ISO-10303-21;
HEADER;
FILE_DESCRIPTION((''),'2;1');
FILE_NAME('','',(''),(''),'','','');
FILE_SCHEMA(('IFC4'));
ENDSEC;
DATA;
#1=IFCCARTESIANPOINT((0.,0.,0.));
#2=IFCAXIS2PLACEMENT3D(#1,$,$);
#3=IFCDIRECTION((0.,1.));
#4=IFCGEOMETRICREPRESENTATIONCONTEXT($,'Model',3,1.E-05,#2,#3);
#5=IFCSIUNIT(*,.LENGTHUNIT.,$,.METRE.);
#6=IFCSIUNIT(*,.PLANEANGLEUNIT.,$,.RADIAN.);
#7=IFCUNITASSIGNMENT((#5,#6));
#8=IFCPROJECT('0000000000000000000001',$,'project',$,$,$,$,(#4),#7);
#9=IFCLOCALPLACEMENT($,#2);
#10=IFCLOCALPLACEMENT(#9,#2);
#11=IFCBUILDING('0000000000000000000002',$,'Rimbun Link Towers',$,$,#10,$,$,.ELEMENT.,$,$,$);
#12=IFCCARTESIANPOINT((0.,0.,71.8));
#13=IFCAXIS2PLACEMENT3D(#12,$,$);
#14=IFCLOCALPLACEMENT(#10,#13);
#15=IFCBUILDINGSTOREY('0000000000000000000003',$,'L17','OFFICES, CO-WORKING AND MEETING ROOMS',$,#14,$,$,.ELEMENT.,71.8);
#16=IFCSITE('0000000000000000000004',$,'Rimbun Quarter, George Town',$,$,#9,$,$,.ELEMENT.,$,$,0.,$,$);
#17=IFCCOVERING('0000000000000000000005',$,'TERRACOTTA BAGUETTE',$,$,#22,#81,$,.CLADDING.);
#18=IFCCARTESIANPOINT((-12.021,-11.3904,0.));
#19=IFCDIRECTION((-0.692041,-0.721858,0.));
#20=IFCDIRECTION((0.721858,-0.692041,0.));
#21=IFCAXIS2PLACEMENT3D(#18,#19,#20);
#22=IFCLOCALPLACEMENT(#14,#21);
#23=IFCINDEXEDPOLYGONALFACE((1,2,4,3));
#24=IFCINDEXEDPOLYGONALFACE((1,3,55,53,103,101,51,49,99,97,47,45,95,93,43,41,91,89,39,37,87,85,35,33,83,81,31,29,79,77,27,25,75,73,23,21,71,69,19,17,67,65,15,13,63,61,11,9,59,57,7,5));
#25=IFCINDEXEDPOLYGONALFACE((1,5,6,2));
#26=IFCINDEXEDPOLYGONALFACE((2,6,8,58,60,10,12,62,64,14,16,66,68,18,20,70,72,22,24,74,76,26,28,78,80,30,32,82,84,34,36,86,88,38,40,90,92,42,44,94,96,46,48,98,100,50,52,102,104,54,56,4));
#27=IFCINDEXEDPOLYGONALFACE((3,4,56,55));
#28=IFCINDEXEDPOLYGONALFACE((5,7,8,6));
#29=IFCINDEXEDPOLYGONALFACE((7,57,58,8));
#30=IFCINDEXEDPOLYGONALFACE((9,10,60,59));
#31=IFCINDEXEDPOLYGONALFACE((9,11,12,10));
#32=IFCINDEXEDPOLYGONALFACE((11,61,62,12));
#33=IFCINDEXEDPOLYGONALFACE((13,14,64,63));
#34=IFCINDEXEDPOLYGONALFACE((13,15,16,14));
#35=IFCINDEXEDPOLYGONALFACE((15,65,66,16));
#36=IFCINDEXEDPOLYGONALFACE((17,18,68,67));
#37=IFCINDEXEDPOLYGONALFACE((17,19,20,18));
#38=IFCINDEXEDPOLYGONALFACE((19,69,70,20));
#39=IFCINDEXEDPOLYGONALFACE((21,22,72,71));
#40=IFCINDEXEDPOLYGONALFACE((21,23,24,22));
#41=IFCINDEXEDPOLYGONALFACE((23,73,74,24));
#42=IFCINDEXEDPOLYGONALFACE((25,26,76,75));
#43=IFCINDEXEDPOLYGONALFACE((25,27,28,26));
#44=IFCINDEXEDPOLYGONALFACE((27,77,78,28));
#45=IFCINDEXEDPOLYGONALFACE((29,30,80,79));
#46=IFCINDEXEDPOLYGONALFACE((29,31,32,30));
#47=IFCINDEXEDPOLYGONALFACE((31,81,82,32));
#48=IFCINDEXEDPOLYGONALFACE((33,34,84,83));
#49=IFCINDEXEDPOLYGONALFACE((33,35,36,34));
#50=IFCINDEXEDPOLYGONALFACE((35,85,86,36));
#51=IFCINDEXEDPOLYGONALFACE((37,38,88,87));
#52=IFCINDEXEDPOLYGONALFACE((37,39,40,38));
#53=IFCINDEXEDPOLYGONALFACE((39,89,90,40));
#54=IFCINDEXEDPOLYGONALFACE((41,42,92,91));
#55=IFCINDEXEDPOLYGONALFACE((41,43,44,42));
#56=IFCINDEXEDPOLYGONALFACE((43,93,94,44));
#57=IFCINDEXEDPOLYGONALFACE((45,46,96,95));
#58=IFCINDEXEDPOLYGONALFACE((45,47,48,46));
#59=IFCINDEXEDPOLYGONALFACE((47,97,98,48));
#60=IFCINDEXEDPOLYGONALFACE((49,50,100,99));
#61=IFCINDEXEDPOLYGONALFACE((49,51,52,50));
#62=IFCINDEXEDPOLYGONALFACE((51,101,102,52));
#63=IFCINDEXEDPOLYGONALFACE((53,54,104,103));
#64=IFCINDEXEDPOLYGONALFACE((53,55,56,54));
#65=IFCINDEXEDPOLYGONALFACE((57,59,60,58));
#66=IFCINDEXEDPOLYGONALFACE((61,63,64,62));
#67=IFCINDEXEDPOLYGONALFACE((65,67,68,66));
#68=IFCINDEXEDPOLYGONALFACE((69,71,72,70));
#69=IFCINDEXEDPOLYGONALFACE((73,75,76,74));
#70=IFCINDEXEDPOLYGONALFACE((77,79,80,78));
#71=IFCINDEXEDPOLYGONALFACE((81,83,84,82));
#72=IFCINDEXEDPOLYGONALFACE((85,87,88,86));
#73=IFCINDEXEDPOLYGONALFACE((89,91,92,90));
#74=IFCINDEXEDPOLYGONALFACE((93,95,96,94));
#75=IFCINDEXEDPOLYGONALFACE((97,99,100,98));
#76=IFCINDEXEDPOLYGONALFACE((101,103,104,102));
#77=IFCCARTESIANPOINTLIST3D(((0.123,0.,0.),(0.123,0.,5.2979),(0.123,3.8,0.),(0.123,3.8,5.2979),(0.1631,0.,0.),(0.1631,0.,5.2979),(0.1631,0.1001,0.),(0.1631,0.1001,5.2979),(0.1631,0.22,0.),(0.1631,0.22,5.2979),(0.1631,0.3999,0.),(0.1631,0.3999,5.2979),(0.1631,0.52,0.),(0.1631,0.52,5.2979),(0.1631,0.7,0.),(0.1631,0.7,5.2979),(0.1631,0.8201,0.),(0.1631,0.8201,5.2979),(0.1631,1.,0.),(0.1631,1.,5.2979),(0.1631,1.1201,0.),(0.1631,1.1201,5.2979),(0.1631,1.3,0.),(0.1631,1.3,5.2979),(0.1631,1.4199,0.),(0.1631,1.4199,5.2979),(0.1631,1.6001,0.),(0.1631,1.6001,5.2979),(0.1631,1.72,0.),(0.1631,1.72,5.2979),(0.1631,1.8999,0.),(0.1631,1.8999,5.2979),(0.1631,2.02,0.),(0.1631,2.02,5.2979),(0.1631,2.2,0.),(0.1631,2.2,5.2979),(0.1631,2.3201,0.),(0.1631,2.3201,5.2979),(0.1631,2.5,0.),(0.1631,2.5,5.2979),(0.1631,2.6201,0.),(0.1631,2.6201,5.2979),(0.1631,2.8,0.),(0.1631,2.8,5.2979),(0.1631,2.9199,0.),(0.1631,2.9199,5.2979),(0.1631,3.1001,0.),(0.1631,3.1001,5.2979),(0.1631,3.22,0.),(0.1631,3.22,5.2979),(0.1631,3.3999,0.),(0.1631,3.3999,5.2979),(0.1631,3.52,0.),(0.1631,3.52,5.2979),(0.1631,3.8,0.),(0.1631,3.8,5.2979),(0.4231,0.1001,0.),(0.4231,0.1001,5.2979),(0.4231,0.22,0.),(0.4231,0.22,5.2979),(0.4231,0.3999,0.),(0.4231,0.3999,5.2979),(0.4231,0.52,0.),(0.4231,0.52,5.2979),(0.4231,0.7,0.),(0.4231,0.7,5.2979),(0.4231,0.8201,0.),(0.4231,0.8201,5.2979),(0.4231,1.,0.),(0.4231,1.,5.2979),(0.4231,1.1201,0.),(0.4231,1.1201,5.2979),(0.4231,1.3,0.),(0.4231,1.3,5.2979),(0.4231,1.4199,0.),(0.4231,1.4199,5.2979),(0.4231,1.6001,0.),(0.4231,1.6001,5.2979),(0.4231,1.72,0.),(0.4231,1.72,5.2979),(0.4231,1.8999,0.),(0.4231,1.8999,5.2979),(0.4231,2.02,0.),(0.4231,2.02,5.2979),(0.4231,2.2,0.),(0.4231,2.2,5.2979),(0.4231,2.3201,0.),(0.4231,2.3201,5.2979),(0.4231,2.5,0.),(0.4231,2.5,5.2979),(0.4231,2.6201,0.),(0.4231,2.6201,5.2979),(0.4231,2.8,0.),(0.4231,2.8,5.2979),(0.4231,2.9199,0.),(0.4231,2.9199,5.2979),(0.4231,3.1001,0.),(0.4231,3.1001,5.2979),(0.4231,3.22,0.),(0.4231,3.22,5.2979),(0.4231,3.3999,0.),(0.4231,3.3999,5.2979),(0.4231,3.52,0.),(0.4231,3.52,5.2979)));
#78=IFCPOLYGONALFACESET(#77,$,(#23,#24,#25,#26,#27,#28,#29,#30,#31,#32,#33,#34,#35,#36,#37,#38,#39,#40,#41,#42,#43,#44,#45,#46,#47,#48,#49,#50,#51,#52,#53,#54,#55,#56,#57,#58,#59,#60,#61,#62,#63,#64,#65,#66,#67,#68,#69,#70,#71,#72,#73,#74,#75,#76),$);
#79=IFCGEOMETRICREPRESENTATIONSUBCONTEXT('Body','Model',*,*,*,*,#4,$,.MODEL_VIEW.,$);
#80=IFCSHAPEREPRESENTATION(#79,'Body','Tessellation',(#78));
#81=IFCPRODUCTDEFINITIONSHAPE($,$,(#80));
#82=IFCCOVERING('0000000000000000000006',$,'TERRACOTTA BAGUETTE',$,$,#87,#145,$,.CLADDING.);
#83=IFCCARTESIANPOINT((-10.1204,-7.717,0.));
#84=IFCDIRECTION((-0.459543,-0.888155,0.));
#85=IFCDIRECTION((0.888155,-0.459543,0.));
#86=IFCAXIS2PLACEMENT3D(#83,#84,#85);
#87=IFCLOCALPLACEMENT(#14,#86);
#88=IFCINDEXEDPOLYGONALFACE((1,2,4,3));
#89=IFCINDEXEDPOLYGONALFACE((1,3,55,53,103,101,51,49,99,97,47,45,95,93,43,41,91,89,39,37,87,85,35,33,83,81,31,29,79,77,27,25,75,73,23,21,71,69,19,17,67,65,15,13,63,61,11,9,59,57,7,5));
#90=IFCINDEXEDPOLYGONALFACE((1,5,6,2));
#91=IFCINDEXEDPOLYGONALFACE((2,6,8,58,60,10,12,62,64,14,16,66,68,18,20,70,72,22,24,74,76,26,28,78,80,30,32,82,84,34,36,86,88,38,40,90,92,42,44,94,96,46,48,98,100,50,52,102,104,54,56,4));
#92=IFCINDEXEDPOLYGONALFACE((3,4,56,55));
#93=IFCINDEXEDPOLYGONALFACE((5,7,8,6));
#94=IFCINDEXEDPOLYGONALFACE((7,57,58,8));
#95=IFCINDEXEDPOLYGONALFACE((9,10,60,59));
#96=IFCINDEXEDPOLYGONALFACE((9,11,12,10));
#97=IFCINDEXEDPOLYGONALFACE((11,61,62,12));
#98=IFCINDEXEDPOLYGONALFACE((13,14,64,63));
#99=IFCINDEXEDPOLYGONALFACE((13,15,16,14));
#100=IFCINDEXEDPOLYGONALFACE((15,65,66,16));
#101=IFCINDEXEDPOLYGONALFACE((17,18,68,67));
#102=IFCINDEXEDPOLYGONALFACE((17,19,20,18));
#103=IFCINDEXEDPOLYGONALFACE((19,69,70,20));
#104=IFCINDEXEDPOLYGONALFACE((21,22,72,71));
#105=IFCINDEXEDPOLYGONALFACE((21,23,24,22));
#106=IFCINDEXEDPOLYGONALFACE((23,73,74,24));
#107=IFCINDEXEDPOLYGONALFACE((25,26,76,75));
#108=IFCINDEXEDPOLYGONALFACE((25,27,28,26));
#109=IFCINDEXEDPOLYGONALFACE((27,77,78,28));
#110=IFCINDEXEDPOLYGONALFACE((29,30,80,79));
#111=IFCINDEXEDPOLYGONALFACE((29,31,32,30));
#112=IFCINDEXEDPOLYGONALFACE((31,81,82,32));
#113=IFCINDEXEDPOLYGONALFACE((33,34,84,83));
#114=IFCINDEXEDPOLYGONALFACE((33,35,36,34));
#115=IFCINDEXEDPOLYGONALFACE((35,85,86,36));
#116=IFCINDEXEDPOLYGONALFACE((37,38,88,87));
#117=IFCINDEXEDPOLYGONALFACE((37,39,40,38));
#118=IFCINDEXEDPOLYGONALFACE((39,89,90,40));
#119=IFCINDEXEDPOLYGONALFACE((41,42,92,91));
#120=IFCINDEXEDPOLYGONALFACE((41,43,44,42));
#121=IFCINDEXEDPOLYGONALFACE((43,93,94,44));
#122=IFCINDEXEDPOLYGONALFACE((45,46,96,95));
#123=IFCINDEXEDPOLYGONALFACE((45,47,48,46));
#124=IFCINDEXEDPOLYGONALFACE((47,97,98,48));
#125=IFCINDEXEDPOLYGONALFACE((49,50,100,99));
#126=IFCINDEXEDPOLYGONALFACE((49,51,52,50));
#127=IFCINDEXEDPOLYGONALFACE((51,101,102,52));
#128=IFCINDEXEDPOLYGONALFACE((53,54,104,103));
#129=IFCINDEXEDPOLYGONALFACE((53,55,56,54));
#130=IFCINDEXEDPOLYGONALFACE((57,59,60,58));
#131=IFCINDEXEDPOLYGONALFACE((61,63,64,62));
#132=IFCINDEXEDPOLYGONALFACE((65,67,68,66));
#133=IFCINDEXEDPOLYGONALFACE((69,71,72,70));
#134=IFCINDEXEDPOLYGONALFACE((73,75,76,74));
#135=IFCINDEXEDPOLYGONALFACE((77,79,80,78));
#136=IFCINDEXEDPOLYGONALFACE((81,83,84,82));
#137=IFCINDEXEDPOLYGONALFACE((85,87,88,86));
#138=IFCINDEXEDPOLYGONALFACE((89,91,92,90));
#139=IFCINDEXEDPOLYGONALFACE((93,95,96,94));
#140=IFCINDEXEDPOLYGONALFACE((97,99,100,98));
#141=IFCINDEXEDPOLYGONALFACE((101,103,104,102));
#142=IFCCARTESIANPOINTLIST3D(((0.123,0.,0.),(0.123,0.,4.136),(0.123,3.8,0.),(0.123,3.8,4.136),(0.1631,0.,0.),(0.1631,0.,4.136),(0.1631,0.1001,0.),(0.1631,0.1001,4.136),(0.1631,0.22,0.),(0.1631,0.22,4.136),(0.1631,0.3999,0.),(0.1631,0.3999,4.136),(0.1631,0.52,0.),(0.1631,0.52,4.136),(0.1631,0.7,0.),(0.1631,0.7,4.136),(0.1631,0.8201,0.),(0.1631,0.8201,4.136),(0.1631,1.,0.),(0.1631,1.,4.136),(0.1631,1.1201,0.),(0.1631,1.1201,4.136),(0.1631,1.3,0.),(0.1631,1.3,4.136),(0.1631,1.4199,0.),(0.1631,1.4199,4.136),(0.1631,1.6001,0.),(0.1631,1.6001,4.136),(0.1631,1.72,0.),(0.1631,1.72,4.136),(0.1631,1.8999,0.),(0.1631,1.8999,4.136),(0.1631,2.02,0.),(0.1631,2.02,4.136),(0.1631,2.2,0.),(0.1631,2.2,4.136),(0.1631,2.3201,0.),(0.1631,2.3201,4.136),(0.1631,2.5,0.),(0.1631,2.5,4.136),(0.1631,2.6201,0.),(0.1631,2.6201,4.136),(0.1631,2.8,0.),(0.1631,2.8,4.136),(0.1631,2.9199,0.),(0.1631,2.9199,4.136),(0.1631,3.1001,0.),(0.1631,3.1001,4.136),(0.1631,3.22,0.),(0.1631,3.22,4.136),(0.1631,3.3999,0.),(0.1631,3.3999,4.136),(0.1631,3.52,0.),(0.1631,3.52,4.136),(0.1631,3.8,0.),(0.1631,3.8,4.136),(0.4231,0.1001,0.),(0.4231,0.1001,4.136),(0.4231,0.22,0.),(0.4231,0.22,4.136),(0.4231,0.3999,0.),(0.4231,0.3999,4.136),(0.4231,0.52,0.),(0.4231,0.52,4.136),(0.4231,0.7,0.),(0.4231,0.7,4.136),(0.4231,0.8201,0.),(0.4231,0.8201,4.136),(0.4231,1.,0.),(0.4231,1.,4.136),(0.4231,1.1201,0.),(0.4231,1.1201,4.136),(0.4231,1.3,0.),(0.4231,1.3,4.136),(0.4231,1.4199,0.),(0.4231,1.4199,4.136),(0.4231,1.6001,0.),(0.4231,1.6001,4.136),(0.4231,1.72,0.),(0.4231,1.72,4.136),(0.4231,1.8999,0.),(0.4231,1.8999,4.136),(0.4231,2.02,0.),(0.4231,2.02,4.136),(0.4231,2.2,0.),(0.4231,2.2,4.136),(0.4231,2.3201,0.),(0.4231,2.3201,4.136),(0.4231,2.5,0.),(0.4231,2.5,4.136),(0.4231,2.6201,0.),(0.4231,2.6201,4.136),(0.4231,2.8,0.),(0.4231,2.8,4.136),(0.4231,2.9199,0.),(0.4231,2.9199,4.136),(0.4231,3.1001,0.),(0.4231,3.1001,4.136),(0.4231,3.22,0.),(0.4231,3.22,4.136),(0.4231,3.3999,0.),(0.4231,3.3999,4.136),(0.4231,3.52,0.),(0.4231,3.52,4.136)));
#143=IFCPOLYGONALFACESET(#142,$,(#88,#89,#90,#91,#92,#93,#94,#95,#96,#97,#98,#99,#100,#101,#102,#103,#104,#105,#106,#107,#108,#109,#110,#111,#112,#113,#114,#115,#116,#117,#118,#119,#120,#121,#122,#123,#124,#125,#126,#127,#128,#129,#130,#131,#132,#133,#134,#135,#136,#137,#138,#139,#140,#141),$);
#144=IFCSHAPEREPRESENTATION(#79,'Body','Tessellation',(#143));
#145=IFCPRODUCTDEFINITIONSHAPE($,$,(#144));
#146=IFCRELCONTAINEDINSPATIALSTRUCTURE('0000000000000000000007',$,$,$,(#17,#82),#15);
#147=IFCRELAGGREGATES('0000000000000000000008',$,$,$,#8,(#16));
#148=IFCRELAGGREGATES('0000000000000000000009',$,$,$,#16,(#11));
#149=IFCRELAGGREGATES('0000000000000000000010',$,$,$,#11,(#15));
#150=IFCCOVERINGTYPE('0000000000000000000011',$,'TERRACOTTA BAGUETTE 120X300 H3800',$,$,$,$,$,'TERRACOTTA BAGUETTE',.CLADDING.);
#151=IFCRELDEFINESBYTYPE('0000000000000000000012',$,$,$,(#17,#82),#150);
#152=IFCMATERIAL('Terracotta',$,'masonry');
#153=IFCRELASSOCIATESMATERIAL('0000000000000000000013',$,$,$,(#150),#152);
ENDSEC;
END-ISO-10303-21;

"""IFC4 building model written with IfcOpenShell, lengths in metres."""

from ifc_helpers import new_model, si_unit, direction, frame, origin, place, context, subcontext, project, spatial, polyline, outline, extrude, material, material_profile, profile_set, type_object, element, save


model = new_model("IFC4")

# Units and contexts
model_context = context("Model", 3, precision=1e-05, world=origin(), true_north=direction((0.0, 1.0)))
body_context = subcontext(model_context, "Body", "Model", "MODEL_VIEW")
ifc_project = project(units=[si_unit("LENGTHUNIT", "METRE"), si_unit("PLANEANGLEUNIT", "RADIAN")], contexts=[model_context])

# Site, building, storey
site_placement = place(None, origin())
site = spatial("IfcSite", under=ifc_project, at=site_placement, Name="Rimbun Quarter, George Town", CompositionType="ELEMENT", RefElevation=0.0)
building_placement = place(site_placement, origin())
building = spatial("IfcBuilding", under=site, at=building_placement, Name="Rimbun Link Towers", CompositionType="ELEMENT")
storey_placement = place(building_placement, frame((0.0, 0.0, 71.8)))
storey = spatial("IfcBuildingStorey", under=building, at=storey_placement, Name="L17", Description="OFFICES, CO-WORKING AND MEETING ROOMS", CompositionType="ELEMENT", Elevation=71.8)

# Coverings
ifc_material_1 = material(Name="Terracotta", Category="masonry")
ifc_material_profile_1 = material_profile(ifc_material_1, outline(polyline([(0.123, 0.0), (0.1631, 0.0), (0.1631, 0.1001), (0.4231, 0.1001), (0.4231, 0.22), (0.1631, 0.22), (0.1631, 0.3999), (0.4231, 0.3999), (0.4231, 0.52), (0.1631, 0.52), (0.1631, 0.7), (0.4231, 0.7), (0.4231, 0.8201), (0.1631, 0.8201), (0.1631, 1.0), (0.4231, 1.0), (0.4231, 1.1201), (0.1631, 1.1201), (0.1631, 1.3), (0.4231, 1.3), (0.4231, 1.4199), (0.1631, 1.4199), (0.1631, 1.6001), (0.4231, 1.6001), (0.4231, 1.72), (0.1631, 1.72), (0.1631, 1.8999), (0.4231, 1.8999), (0.4231, 2.02), (0.1631, 2.02), (0.1631, 2.2), (0.4231, 2.2), (0.4231, 2.3201), (0.1631, 2.3201), (0.1631, 2.5), (0.4231, 2.5), (0.4231, 2.6201), (0.1631, 2.6201), (0.1631, 2.8), (0.4231, 2.8), (0.4231, 2.9199), (0.1631, 2.9199), (0.1631, 3.1001), (0.4231, 3.1001), (0.4231, 3.22), (0.1631, 3.22), (0.1631, 3.3999), (0.4231, 3.3999), (0.4231, 3.52), (0.1631, 3.52), (0.1631, 3.8), (0.123, 3.8), (0.123, 0.0)])), Name="BAGUETTE 120X300")
ifc_profile_set_1 = profile_set([ifc_material_profile_1], Name="Terracotta")
covering_type = type_object("IfcCoveringType", Name="TERRACOTTA BAGUETTE 120X300 H3800", ElementType="TERRACOTTA BAGUETTE", PredefinedType="CLADDING", material=ifc_profile_set_1)
covering_1_placement = place(storey_placement, frame((-12.021, -11.3904, 0.0), z_axis=(-0.692041, -0.721858, 0.0), x_axis=(0.721858, -0.692041, 0.0)))
element("IfcCovering", 1, at=covering_1_placement, inside=storey, type_object=covering_type, Name="TERRACOTTA BAGUETTE", PredefinedType="CLADDING", context=body_context, shape_type="SweptSolid", body=[
    extrude(outline(polyline([(0.123, 0.0), (0.1631, 0.0), (0.1631, 0.1001), (0.4231, 0.1001), (0.4231, 0.22), (0.1631, 0.22), (0.1631, 0.3999), (0.4231, 0.3999), (0.4231, 0.52), (0.1631, 0.52), (0.1631, 0.7), (0.4231, 0.7), (0.4231, 0.8201), (0.1631, 0.8201), (0.1631, 1.0), (0.4231, 1.0), (0.4231, 1.1201), (0.1631, 1.1201), (0.1631, 1.3), (0.4231, 1.3), (0.4231, 1.4199), (0.1631, 1.4199), (0.1631, 1.6001), (0.4231, 1.6001), (0.4231, 1.72), (0.1631, 1.72), (0.1631, 1.8999), (0.4231, 1.8999), (0.4231, 2.02), (0.1631, 2.02), (0.1631, 2.2), (0.4231, 2.2), (0.4231, 2.3201), (0.1631, 2.3201), (0.1631, 2.5), (0.4231, 2.5), (0.4231, 2.6201), (0.1631, 2.6201), (0.1631, 2.8), (0.4231, 2.8), (0.4231, 2.9199), (0.1631, 2.9199), (0.1631, 3.1001), (0.4231, 3.1001), (0.4231, 3.22), (0.1631, 3.22), (0.1631, 3.3999), (0.4231, 3.3999), (0.4231, 3.52), (0.1631, 3.52), (0.1631, 3.8), (0.123, 3.8), (0.123, 0.0)])), origin(), (0.0, 0.0, 1.0), 5.2979),
])
covering_2_placement = place(storey_placement, frame((-10.1204, -7.717, 0.0), z_axis=(-0.459543, -0.888155, 0.0), x_axis=(0.888155, -0.459543, 0.0)))
element("IfcCovering", 2, at=covering_2_placement, inside=storey, type_object=covering_type, Name="TERRACOTTA BAGUETTE", PredefinedType="CLADDING", context=body_context, shape_type="SweptSolid", body=[
    extrude(outline(polyline([(0.123, 0.0), (0.1631, 0.0), (0.1631, 0.1001), (0.4231, 0.1001), (0.4231, 0.22), (0.1631, 0.22), (0.1631, 0.3999), (0.4231, 0.3999), (0.4231, 0.52), (0.1631, 0.52), (0.1631, 0.7), (0.4231, 0.7), (0.4231, 0.8201), (0.1631, 0.8201), (0.1631, 1.0), (0.4231, 1.0), (0.4231, 1.1201), (0.1631, 1.1201), (0.1631, 1.3), (0.4231, 1.3), (0.4231, 1.4199), (0.1631, 1.4199), (0.1631, 1.6001), (0.4231, 1.6001), (0.4231, 1.72), (0.1631, 1.72), (0.1631, 1.8999), (0.4231, 1.8999), (0.4231, 2.02), (0.1631, 2.02), (0.1631, 2.2), (0.4231, 2.2), (0.4231, 2.3201), (0.1631, 2.3201), (0.1631, 2.5), (0.4231, 2.5), (0.4231, 2.6201), (0.1631, 2.6201), (0.1631, 2.8), (0.4231, 2.8), (0.4231, 2.9199), (0.1631, 2.9199), (0.1631, 3.1001), (0.4231, 3.1001), (0.4231, 3.22), (0.1631, 3.22), (0.1631, 3.3999), (0.4231, 3.3999), (0.4231, 3.52), (0.1631, 3.52), (0.1631, 3.8), (0.123, 3.8), (0.123, 0.0)])), origin(), (0.0, 0.0, 1.0), 4.136),
])

save(model, "model.ifc")
